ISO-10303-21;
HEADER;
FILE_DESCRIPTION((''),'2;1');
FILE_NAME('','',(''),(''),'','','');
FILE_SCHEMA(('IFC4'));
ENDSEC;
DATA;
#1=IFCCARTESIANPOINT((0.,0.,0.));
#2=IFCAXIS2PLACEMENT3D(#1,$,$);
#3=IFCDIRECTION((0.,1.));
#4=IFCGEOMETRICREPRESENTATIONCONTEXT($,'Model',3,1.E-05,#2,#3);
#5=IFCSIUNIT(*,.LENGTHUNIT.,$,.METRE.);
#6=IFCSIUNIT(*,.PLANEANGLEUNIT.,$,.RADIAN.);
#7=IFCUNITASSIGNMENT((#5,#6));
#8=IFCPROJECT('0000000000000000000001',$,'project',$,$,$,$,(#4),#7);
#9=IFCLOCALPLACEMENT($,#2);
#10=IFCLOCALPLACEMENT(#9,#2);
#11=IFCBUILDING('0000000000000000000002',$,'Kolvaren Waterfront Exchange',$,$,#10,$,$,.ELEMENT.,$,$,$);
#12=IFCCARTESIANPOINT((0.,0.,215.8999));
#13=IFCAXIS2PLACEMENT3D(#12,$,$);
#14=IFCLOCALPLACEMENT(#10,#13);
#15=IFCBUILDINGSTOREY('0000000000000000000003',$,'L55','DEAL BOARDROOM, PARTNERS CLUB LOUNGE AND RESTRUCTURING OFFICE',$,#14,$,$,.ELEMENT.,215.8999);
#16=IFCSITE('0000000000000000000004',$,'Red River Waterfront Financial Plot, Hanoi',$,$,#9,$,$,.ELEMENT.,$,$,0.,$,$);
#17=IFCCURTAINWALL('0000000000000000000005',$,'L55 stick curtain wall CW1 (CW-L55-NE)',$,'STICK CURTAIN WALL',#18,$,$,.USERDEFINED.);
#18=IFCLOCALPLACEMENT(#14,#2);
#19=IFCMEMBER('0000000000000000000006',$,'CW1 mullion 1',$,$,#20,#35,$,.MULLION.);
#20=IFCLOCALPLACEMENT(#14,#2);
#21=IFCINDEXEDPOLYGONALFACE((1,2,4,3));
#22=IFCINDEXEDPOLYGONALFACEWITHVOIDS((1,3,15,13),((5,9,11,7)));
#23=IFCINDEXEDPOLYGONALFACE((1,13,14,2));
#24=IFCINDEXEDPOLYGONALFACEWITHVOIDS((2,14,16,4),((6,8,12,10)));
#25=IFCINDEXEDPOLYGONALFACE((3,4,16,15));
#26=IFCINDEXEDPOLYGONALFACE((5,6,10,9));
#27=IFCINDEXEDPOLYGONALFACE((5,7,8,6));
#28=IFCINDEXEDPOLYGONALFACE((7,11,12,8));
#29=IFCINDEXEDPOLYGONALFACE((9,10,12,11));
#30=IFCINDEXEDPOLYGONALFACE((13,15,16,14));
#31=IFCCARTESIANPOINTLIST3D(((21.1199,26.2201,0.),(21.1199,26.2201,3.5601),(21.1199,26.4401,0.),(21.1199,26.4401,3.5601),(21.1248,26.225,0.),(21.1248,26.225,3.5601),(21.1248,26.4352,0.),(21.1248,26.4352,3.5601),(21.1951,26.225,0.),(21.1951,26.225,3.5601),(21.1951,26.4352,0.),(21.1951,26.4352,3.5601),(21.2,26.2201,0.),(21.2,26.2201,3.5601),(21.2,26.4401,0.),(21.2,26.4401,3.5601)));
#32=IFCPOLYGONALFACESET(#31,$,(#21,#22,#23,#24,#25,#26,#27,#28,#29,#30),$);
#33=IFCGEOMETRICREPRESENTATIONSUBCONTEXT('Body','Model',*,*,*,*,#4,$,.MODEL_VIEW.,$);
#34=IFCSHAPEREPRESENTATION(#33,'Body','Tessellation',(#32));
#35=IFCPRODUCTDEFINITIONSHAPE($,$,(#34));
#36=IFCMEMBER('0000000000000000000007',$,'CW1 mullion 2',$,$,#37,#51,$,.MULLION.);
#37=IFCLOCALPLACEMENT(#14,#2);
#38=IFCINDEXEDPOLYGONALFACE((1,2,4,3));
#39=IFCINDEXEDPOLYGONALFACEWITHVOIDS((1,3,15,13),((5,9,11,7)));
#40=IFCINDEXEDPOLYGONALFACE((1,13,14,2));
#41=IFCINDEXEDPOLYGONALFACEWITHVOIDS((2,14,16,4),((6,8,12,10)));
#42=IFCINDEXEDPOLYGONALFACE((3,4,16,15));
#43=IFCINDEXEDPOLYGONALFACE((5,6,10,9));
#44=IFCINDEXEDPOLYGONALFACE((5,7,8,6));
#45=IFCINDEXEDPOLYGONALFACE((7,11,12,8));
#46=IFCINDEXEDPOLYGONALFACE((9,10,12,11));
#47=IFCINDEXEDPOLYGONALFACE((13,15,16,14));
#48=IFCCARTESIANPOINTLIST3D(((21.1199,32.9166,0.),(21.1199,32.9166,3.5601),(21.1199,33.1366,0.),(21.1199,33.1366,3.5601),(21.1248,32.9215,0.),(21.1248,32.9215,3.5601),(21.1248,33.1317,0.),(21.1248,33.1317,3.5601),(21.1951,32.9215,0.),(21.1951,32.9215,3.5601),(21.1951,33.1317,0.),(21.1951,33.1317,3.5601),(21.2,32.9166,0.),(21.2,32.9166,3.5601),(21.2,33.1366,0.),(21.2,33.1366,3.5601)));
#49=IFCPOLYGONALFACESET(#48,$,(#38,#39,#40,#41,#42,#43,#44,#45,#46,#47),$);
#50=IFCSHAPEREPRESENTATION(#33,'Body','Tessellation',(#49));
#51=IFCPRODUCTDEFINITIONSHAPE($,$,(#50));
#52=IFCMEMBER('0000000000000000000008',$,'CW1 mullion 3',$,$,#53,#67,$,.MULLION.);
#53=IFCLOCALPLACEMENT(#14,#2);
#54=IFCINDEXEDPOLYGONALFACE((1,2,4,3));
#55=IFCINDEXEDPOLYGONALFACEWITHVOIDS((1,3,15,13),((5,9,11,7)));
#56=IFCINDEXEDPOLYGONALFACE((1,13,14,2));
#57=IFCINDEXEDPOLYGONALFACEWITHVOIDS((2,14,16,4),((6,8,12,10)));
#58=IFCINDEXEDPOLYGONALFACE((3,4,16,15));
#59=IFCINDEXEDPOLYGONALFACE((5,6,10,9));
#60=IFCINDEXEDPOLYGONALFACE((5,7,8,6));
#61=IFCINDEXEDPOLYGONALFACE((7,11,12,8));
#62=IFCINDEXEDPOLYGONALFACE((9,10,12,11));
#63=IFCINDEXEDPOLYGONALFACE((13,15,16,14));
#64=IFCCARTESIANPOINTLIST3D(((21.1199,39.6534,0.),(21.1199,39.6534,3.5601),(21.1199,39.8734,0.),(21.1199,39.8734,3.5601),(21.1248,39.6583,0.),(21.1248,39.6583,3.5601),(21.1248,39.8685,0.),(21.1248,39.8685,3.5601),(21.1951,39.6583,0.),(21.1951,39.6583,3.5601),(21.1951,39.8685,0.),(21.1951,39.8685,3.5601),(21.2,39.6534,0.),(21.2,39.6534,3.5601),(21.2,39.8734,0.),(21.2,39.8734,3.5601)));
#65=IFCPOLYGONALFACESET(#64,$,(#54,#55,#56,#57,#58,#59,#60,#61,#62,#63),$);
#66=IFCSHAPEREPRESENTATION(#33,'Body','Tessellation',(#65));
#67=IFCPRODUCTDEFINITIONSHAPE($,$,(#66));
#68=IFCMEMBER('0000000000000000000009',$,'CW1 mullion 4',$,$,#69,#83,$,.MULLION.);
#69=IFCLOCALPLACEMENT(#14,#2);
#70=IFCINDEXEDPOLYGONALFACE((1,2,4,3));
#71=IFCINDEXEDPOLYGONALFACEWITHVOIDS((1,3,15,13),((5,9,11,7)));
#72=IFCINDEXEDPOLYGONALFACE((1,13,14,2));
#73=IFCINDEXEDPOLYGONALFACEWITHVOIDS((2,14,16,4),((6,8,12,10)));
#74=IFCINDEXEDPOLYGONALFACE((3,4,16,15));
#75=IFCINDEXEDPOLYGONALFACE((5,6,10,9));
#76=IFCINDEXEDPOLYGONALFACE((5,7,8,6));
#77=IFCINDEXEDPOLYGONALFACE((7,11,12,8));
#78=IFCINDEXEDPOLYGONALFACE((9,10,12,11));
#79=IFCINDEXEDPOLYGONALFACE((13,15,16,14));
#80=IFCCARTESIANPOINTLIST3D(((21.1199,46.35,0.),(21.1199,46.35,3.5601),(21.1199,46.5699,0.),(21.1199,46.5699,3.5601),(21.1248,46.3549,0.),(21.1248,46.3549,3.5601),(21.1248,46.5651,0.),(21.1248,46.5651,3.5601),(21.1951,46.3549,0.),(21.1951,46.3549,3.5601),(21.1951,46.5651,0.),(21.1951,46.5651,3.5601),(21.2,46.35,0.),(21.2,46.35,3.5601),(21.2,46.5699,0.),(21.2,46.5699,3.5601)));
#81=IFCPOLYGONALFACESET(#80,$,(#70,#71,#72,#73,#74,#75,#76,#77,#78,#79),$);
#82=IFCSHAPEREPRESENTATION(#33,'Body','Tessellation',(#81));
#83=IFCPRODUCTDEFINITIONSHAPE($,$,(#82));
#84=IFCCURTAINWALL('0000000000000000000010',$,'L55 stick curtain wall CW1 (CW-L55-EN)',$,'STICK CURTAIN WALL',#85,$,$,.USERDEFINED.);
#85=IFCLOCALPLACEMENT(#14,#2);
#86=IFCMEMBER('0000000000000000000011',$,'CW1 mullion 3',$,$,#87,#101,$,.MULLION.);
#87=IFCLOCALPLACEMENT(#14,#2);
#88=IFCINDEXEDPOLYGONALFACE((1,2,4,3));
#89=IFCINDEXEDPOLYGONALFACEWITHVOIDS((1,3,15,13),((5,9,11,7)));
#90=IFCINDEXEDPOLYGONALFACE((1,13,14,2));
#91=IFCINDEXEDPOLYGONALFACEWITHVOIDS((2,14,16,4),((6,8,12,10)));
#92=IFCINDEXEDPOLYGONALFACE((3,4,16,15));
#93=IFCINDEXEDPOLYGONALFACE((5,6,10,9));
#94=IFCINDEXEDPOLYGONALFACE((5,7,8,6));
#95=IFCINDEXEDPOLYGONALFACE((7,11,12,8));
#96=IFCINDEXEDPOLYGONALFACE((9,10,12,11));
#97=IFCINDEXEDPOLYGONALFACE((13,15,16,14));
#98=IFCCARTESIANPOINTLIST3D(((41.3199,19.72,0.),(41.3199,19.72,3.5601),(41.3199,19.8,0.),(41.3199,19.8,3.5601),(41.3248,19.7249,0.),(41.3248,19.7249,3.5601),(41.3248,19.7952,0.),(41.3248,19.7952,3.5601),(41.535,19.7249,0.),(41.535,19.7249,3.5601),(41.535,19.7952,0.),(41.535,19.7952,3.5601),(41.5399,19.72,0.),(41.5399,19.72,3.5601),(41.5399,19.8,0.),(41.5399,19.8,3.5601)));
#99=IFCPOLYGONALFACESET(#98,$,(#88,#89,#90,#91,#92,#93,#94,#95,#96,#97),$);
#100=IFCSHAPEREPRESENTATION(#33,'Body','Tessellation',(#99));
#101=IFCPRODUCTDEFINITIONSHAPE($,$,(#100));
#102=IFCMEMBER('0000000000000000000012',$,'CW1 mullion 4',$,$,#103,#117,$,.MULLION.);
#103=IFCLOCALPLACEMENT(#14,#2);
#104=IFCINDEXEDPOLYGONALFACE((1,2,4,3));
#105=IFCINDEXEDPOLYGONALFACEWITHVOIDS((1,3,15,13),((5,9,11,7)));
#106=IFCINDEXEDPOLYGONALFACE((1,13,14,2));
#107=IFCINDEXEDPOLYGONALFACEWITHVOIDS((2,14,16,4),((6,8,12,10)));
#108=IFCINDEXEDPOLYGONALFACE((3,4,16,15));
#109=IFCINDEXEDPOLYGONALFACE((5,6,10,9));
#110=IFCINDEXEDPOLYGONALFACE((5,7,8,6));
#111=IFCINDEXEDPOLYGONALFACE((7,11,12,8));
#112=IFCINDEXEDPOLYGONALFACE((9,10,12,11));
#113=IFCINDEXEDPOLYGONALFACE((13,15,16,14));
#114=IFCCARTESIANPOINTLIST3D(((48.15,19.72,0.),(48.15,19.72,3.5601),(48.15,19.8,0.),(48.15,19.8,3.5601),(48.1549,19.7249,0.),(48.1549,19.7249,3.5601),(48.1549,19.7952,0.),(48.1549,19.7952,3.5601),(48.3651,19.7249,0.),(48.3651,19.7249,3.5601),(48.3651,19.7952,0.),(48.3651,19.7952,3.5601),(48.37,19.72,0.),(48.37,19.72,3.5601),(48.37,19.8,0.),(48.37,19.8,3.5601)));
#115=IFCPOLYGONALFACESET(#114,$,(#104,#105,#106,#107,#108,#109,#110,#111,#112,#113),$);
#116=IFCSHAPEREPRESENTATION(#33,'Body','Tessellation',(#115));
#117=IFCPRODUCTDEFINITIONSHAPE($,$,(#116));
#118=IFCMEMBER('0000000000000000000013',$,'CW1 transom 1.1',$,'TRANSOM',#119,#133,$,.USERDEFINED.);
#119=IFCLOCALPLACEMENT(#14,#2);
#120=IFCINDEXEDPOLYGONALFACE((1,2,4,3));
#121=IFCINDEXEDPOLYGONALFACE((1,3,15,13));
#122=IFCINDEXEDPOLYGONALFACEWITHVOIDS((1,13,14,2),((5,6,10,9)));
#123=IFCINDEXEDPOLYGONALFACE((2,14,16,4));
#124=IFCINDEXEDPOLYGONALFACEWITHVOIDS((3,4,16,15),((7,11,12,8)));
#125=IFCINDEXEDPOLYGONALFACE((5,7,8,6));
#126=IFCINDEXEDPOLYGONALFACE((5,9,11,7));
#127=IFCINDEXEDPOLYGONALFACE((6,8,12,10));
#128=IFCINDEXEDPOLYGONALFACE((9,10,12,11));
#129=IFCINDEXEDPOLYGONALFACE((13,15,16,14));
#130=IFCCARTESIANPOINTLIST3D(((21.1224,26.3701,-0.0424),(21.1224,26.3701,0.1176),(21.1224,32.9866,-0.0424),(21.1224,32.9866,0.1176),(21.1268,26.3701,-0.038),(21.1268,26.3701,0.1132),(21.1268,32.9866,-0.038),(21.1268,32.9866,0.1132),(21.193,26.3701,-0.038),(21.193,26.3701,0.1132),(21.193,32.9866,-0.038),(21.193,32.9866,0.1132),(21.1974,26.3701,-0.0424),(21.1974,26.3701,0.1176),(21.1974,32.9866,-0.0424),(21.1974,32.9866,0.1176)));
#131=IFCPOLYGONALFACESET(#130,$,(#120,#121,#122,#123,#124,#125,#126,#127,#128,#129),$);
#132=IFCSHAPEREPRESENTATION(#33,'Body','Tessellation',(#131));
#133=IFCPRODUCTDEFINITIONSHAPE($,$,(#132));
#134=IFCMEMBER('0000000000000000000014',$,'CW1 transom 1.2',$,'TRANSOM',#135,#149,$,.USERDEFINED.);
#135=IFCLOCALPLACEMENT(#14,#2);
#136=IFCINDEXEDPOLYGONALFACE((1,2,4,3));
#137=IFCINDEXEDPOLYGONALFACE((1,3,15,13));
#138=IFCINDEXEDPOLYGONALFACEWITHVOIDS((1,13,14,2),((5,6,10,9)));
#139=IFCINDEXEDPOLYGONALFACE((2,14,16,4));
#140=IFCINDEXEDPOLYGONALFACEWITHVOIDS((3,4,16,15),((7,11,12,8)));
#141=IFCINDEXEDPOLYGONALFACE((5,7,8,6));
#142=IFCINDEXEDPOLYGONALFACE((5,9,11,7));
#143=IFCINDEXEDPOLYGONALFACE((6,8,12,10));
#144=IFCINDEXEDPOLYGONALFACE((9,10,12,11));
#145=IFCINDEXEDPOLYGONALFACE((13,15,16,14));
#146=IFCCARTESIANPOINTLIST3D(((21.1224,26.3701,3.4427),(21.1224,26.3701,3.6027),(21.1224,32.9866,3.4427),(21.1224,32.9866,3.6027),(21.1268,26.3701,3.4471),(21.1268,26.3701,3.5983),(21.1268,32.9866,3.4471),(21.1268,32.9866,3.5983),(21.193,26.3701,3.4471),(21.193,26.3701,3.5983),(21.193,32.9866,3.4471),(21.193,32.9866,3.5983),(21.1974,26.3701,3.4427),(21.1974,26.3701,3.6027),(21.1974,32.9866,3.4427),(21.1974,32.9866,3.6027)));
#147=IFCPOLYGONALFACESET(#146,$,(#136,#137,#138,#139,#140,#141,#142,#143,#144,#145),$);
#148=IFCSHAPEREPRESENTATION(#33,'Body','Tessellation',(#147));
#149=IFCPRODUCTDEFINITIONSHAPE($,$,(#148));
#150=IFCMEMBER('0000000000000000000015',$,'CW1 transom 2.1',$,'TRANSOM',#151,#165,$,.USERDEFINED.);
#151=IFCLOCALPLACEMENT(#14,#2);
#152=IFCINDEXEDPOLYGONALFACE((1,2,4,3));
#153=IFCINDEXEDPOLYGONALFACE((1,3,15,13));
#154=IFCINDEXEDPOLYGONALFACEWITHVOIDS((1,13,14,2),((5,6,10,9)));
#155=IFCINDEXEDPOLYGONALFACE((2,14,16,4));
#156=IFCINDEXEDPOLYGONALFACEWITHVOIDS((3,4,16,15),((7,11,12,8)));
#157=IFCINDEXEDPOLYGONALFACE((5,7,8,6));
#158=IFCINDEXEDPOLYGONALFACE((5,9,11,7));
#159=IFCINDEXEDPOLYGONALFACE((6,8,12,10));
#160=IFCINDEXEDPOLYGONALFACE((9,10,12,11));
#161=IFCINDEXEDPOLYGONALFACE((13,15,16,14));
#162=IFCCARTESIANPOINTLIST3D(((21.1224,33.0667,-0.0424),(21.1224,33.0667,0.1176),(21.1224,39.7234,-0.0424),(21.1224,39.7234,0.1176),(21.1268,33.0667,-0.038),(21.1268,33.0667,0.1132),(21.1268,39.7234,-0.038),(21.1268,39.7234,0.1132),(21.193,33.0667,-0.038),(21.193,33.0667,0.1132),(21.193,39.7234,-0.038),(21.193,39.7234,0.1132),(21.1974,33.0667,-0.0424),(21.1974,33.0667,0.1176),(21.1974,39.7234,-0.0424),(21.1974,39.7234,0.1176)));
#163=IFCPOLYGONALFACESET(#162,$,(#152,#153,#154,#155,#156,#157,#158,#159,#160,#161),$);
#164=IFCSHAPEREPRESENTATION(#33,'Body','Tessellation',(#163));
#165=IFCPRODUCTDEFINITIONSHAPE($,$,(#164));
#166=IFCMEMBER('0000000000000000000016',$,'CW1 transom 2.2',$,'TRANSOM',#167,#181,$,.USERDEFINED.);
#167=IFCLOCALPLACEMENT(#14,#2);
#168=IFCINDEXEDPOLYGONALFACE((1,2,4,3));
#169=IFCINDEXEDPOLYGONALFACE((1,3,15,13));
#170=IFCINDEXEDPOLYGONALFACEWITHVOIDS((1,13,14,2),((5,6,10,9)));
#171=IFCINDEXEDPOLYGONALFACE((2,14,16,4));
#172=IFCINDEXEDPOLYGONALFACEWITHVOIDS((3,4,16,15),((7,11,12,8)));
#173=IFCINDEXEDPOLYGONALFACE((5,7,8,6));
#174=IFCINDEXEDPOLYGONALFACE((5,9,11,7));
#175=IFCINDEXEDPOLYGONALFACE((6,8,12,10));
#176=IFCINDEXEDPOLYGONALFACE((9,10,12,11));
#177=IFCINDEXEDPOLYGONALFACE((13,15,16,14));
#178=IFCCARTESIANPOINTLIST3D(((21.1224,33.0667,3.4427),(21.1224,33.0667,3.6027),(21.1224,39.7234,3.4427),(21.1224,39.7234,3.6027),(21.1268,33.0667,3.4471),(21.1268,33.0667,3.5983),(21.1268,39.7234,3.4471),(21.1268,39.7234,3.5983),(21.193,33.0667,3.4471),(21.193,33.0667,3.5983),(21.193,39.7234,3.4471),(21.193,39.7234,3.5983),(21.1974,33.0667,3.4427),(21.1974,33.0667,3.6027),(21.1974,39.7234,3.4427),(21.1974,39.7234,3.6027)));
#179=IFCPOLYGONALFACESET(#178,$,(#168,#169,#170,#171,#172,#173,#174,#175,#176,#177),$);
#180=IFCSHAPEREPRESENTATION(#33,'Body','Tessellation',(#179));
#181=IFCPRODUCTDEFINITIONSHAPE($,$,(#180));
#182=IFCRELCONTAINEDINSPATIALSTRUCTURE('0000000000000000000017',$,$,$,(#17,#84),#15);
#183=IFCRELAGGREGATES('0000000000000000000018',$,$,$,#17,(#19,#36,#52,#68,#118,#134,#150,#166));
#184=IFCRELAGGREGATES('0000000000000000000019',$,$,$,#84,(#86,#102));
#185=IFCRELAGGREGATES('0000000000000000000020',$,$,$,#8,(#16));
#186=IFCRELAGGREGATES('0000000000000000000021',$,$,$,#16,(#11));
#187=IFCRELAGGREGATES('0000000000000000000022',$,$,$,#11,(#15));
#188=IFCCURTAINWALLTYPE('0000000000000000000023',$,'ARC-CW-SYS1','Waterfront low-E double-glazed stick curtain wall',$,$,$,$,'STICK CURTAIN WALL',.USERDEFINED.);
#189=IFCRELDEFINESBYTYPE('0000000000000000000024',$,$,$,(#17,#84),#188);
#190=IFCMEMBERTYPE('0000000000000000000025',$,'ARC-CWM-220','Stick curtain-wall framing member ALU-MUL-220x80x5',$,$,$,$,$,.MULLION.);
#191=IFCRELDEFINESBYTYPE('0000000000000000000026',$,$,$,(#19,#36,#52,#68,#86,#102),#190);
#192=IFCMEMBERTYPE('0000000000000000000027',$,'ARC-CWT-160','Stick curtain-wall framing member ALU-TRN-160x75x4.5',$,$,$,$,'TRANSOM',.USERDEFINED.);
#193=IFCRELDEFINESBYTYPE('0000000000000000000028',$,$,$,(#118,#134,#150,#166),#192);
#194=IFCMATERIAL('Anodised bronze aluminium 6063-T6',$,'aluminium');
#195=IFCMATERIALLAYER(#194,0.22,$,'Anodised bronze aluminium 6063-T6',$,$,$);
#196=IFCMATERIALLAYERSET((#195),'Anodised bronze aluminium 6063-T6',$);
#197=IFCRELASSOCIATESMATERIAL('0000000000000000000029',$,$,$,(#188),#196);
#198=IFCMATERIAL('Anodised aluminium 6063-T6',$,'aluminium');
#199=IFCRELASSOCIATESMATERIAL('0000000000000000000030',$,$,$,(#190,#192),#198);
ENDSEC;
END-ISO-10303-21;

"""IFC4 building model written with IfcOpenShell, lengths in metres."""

from ifc_helpers import new_model, si_unit, direction, frame, origin, origin_with_axes, origin_2d, place, context, subcontext, project, spatial, hollow_rectangle, extrude, source, transform, mapped, material, layer, layer_set, material_profile, profile_set, type_object, element, aggregate, save


model = new_model("IFC4")

# Units and contexts
model_context = context("Model", 3, precision=1e-05, world=origin(), true_north=direction((0.0, 1.0)))
body_context = subcontext(model_context, "Body", "Model", "MODEL_VIEW")
ifc_project = project(units=[si_unit("LENGTHUNIT", "METRE"), si_unit("PLANEANGLEUNIT", "RADIAN")], contexts=[model_context])

# Site, building, storey
site_placement = place(None, origin())
site = spatial("IfcSite", under=ifc_project, at=site_placement, Name="Red River Waterfront Financial Plot, Hanoi", CompositionType="ELEMENT", RefElevation=0.0)
building_placement = place(site_placement, origin())
building = spatial("IfcBuilding", under=site, at=building_placement, Name="Kolvaren Waterfront Exchange", CompositionType="ELEMENT")
storey_placement = place(building_placement, frame((0.0, 0.0, 215.8999)))
storey = spatial("IfcBuildingStorey", under=building, at=storey_placement, Name="L55", Description="DEAL BOARDROOM, PARTNERS CLUB LOUNGE AND RESTRUCTURING OFFICE", CompositionType="ELEMENT", Elevation=215.8999)

# Curtain walls, members
ifc_material_1 = material(Name="Anodised bronze aluminium 6063-T6", Category="aluminium")
ifc_layer_1 = layer(ifc_material_1, 0.22, Name="Anodised bronze aluminium 6063-T6")
ifc_layer_set_1 = layer_set([ifc_layer_1], Name="Anodised bronze aluminium 6063-T6")
curtain_wall_type = type_object("IfcCurtainWallType", Name="ARC-CW-SYS1", Description="Waterfront low-E double-glazed stick curtain wall", ElementType="STICK CURTAIN WALL", PredefinedType="USERDEFINED", material=ifc_layer_set_1)
curtain_wall_1_placement = place(storey_placement, origin())
curtain_wall_1 = element("IfcCurtainWall", 1, at=curtain_wall_1_placement, inside=storey, type_object=curtain_wall_type, Name="L55 stick curtain wall CW1 (CW-L55-NE)", ObjectType="STICK CURTAIN WALL", PredefinedType="USERDEFINED")
ifc_material_2 = material(Name="Anodised aluminium 6063-T6", Category="aluminium")
ifc_material_profile_1 = material_profile(ifc_material_2, hollow_rectangle(XDim=0.0801, YDim=0.22, WallThickness=0.0049, at=origin_2d()), Name="ALU-MUL-220x80x5")
ifc_profile_set_1 = profile_set([ifc_material_profile_1], Name="Anodised aluminium 6063-T6")
member_type_1 = type_object("IfcMemberType", Name="ARC-CWM-220", Description="Stick curtain-wall framing member ALU-MUL-220x80x5", PredefinedType="MULLION", material=ifc_profile_set_1)
shared_shape_1 = source(origin_with_axes(), body_context, "Body", "SweptSolid", [
    extrude(hollow_rectangle(XDim=0.0801, YDim=0.22, WallThickness=0.0049, at=origin_2d()), origin(), (0.0, 0.0, 1.0), 3.5601),
])
member_1_placement = place(storey_placement, frame((21.1599, 26.3301, 0.0), z_axis=(0.0, 0.0, 1.0), x_axis=(-1.0, 0.0, 0.0)))
member_1 = element("IfcMember", 2, at=member_1_placement, type_object=member_type_1, Name="CW1 mullion 1", PredefinedType="MULLION", context=body_context, shape_type="MappedRepresentation", body=[
    mapped(shared_shape_1, transform((0.0, 0.0, 0.0), x_axis=(1.0, 0.0, 0.0), y_axis=(0.0, 1.0, 0.0), z_axis=(0.0, 0.0, 1.0), scale=1.0)),
])
member_2_placement = place(storey_placement, frame((21.1599, 33.0266, 0.0), z_axis=(0.0, 0.0, 1.0), x_axis=(-1.0, 0.0, 0.0)))
member_2 = element("IfcMember", 3, at=member_2_placement, type_object=member_type_1, Name="CW1 mullion 2", PredefinedType="MULLION", context=body_context, shape_type="MappedRepresentation", body=[
    mapped(shared_shape_1, transform((0.0, 0.0, 0.0), x_axis=(1.0, 0.0, 0.0), y_axis=(0.0, 1.0, 0.0), z_axis=(0.0, 0.0, 1.0), scale=1.0)),
])
member_3_placement = place(storey_placement, frame((21.1599, 39.7634, 0.0), z_axis=(0.0, 0.0, 1.0), x_axis=(-1.0, 0.0, 0.0)))
member_3 = element("IfcMember", 4, at=member_3_placement, type_object=member_type_1, Name="CW1 mullion 3", PredefinedType="MULLION", context=body_context, shape_type="MappedRepresentation", body=[
    mapped(shared_shape_1, transform((0.0, 0.0, 0.0), x_axis=(1.0, 0.0, 0.0), y_axis=(0.0, 1.0, 0.0), z_axis=(0.0, 0.0, 1.0), scale=1.0)),
])
member_4_placement = place(storey_placement, frame((21.1599, 46.46, 0.0), z_axis=(0.0, 0.0, 1.0), x_axis=(-1.0, 0.0, 0.0)))
member_4 = element("IfcMember", 5, at=member_4_placement, type_object=member_type_1, Name="CW1 mullion 4", PredefinedType="MULLION", context=body_context, shape_type="MappedRepresentation", body=[
    mapped(shared_shape_1, transform((0.0, 0.0, 0.0), x_axis=(1.0, 0.0, 0.0), y_axis=(0.0, 1.0, 0.0), z_axis=(0.0, 0.0, 1.0), scale=1.0)),
])
curtain_wall_2_placement = place(storey_placement, origin())
curtain_wall_2 = element("IfcCurtainWall", 6, at=curtain_wall_2_placement, inside=storey, type_object=curtain_wall_type, Name="L55 stick curtain wall CW1 (CW-L55-EN)", ObjectType="STICK CURTAIN WALL", PredefinedType="USERDEFINED")
member_5_placement = place(storey_placement, frame((41.4299, 19.76, 0.0), z_axis=(0.0, 0.0, 1.0), x_axis=(0.0, 1.0, 0.0)))
member_5 = element("IfcMember", 7, at=member_5_placement, type_object=member_type_1, Name="CW1 mullion 3", PredefinedType="MULLION", context=body_context, shape_type="MappedRepresentation", body=[
    mapped(shared_shape_1, transform((0.0, 0.0, 0.0), x_axis=(1.0, 0.0, 0.0), y_axis=(0.0, 1.0, 0.0), z_axis=(0.0, 0.0, 1.0), scale=1.0)),
])
member_6_placement = place(storey_placement, frame((48.26, 19.76, 0.0), z_axis=(0.0, 0.0, 1.0), x_axis=(0.0, 1.0, 0.0)))
member_6 = element("IfcMember", 8, at=member_6_placement, type_object=member_type_1, Name="CW1 mullion 4", PredefinedType="MULLION", context=body_context, shape_type="MappedRepresentation", body=[
    mapped(shared_shape_1, transform((0.0, 0.0, 0.0), x_axis=(1.0, 0.0, 0.0), y_axis=(0.0, 1.0, 0.0), z_axis=(0.0, 0.0, 1.0), scale=1.0)),
])

# Members
ifc_material_profile_2 = material_profile(ifc_material_2, hollow_rectangle(XDim=0.075, YDim=0.1599, WallThickness=0.0044, at=origin_2d()), Name="ALU-TRN-160x75x4.5")
ifc_profile_set_2 = profile_set([ifc_material_profile_2], Name="Anodised aluminium 6063-T6")
member_type_2 = type_object("IfcMemberType", Name="ARC-CWT-160", Description="Stick curtain-wall framing member ALU-TRN-160x75x4.5", ElementType="TRANSOM", PredefinedType="USERDEFINED", material=ifc_profile_set_2)
shared_shape_2 = source(origin_with_axes(), body_context, "Body", "SweptSolid", [
    extrude(hollow_rectangle(XDim=0.075, YDim=0.1599, WallThickness=0.0044, at=origin_2d()), origin(), (0.0, 0.0, 1.0), 6.6165),
])
member_7_placement = place(storey_placement, frame((21.1599, 26.3701, 0.0376), z_axis=(0.0, 1.0, 0.0), x_axis=(-1.0, 0.0, 0.0)))
member_7 = element("IfcMember", 9, at=member_7_placement, type_object=member_type_2, Name="CW1 transom 1.1", ObjectType="TRANSOM", PredefinedType="USERDEFINED", context=body_context, shape_type="MappedRepresentation", body=[
    mapped(shared_shape_2, transform((0.0, 0.0, 0.0), x_axis=(1.0, 0.0, 0.0), y_axis=(0.0, 1.0, 0.0), z_axis=(0.0, 0.0, 1.0), scale=1.0)),
])
member_8_placement = place(storey_placement, frame((21.1599, 26.3701, 3.5227), z_axis=(0.0, 1.0, 0.0), x_axis=(-1.0, 0.0, 0.0)))
member_8 = element("IfcMember", 10, at=member_8_placement, type_object=member_type_2, Name="CW1 transom 1.2", ObjectType="TRANSOM", PredefinedType="USERDEFINED", context=body_context, shape_type="MappedRepresentation", body=[
    mapped(shared_shape_2, transform((0.0, 0.0, 0.0), x_axis=(1.0, 0.0, 0.0), y_axis=(0.0, 1.0, 0.0), z_axis=(0.0, 0.0, 1.0), scale=1.0)),
])
shared_shape_3 = source(origin_with_axes(), body_context, "Body", "SweptSolid", [
    extrude(hollow_rectangle(XDim=0.075, YDim=0.1599, WallThickness=0.0044, at=origin_2d()), origin(), (0.0, 0.0, 1.0), 6.6567),
])
member_9_placement = place(storey_placement, frame((21.1599, 33.0667, 0.0376), z_axis=(0.0, 1.0, 0.0), x_axis=(-1.0, 0.0, 0.0)))
member_9 = element("IfcMember", 11, at=member_9_placement, type_object=member_type_2, Name="CW1 transom 2.1", ObjectType="TRANSOM", PredefinedType="USERDEFINED", context=body_context, shape_type="MappedRepresentation", body=[
    mapped(shared_shape_3, transform((0.0, 0.0, 0.0), x_axis=(1.0, 0.0, 0.0), y_axis=(0.0, 1.0, 0.0), z_axis=(0.0, 0.0, 1.0), scale=1.0)),
])
member_10_placement = place(storey_placement, frame((21.1599, 33.0667, 3.5227), z_axis=(0.0, 1.0, 0.0), x_axis=(-1.0, 0.0, 0.0)))
member_10 = element("IfcMember", 12, at=member_10_placement, type_object=member_type_2, Name="CW1 transom 2.2", ObjectType="TRANSOM", PredefinedType="USERDEFINED", context=body_context, shape_type="MappedRepresentation", body=[
    mapped(shared_shape_3, transform((0.0, 0.0, 0.0), x_axis=(1.0, 0.0, 0.0), y_axis=(0.0, 1.0, 0.0), z_axis=(0.0, 0.0, 1.0), scale=1.0)),
])

aggregate(curtain_wall_1, [member_1, member_2, member_3, member_4, member_7, member_8, member_9, member_10])
aggregate(curtain_wall_2, [member_5, member_6])

save(model, "model.ifc")
